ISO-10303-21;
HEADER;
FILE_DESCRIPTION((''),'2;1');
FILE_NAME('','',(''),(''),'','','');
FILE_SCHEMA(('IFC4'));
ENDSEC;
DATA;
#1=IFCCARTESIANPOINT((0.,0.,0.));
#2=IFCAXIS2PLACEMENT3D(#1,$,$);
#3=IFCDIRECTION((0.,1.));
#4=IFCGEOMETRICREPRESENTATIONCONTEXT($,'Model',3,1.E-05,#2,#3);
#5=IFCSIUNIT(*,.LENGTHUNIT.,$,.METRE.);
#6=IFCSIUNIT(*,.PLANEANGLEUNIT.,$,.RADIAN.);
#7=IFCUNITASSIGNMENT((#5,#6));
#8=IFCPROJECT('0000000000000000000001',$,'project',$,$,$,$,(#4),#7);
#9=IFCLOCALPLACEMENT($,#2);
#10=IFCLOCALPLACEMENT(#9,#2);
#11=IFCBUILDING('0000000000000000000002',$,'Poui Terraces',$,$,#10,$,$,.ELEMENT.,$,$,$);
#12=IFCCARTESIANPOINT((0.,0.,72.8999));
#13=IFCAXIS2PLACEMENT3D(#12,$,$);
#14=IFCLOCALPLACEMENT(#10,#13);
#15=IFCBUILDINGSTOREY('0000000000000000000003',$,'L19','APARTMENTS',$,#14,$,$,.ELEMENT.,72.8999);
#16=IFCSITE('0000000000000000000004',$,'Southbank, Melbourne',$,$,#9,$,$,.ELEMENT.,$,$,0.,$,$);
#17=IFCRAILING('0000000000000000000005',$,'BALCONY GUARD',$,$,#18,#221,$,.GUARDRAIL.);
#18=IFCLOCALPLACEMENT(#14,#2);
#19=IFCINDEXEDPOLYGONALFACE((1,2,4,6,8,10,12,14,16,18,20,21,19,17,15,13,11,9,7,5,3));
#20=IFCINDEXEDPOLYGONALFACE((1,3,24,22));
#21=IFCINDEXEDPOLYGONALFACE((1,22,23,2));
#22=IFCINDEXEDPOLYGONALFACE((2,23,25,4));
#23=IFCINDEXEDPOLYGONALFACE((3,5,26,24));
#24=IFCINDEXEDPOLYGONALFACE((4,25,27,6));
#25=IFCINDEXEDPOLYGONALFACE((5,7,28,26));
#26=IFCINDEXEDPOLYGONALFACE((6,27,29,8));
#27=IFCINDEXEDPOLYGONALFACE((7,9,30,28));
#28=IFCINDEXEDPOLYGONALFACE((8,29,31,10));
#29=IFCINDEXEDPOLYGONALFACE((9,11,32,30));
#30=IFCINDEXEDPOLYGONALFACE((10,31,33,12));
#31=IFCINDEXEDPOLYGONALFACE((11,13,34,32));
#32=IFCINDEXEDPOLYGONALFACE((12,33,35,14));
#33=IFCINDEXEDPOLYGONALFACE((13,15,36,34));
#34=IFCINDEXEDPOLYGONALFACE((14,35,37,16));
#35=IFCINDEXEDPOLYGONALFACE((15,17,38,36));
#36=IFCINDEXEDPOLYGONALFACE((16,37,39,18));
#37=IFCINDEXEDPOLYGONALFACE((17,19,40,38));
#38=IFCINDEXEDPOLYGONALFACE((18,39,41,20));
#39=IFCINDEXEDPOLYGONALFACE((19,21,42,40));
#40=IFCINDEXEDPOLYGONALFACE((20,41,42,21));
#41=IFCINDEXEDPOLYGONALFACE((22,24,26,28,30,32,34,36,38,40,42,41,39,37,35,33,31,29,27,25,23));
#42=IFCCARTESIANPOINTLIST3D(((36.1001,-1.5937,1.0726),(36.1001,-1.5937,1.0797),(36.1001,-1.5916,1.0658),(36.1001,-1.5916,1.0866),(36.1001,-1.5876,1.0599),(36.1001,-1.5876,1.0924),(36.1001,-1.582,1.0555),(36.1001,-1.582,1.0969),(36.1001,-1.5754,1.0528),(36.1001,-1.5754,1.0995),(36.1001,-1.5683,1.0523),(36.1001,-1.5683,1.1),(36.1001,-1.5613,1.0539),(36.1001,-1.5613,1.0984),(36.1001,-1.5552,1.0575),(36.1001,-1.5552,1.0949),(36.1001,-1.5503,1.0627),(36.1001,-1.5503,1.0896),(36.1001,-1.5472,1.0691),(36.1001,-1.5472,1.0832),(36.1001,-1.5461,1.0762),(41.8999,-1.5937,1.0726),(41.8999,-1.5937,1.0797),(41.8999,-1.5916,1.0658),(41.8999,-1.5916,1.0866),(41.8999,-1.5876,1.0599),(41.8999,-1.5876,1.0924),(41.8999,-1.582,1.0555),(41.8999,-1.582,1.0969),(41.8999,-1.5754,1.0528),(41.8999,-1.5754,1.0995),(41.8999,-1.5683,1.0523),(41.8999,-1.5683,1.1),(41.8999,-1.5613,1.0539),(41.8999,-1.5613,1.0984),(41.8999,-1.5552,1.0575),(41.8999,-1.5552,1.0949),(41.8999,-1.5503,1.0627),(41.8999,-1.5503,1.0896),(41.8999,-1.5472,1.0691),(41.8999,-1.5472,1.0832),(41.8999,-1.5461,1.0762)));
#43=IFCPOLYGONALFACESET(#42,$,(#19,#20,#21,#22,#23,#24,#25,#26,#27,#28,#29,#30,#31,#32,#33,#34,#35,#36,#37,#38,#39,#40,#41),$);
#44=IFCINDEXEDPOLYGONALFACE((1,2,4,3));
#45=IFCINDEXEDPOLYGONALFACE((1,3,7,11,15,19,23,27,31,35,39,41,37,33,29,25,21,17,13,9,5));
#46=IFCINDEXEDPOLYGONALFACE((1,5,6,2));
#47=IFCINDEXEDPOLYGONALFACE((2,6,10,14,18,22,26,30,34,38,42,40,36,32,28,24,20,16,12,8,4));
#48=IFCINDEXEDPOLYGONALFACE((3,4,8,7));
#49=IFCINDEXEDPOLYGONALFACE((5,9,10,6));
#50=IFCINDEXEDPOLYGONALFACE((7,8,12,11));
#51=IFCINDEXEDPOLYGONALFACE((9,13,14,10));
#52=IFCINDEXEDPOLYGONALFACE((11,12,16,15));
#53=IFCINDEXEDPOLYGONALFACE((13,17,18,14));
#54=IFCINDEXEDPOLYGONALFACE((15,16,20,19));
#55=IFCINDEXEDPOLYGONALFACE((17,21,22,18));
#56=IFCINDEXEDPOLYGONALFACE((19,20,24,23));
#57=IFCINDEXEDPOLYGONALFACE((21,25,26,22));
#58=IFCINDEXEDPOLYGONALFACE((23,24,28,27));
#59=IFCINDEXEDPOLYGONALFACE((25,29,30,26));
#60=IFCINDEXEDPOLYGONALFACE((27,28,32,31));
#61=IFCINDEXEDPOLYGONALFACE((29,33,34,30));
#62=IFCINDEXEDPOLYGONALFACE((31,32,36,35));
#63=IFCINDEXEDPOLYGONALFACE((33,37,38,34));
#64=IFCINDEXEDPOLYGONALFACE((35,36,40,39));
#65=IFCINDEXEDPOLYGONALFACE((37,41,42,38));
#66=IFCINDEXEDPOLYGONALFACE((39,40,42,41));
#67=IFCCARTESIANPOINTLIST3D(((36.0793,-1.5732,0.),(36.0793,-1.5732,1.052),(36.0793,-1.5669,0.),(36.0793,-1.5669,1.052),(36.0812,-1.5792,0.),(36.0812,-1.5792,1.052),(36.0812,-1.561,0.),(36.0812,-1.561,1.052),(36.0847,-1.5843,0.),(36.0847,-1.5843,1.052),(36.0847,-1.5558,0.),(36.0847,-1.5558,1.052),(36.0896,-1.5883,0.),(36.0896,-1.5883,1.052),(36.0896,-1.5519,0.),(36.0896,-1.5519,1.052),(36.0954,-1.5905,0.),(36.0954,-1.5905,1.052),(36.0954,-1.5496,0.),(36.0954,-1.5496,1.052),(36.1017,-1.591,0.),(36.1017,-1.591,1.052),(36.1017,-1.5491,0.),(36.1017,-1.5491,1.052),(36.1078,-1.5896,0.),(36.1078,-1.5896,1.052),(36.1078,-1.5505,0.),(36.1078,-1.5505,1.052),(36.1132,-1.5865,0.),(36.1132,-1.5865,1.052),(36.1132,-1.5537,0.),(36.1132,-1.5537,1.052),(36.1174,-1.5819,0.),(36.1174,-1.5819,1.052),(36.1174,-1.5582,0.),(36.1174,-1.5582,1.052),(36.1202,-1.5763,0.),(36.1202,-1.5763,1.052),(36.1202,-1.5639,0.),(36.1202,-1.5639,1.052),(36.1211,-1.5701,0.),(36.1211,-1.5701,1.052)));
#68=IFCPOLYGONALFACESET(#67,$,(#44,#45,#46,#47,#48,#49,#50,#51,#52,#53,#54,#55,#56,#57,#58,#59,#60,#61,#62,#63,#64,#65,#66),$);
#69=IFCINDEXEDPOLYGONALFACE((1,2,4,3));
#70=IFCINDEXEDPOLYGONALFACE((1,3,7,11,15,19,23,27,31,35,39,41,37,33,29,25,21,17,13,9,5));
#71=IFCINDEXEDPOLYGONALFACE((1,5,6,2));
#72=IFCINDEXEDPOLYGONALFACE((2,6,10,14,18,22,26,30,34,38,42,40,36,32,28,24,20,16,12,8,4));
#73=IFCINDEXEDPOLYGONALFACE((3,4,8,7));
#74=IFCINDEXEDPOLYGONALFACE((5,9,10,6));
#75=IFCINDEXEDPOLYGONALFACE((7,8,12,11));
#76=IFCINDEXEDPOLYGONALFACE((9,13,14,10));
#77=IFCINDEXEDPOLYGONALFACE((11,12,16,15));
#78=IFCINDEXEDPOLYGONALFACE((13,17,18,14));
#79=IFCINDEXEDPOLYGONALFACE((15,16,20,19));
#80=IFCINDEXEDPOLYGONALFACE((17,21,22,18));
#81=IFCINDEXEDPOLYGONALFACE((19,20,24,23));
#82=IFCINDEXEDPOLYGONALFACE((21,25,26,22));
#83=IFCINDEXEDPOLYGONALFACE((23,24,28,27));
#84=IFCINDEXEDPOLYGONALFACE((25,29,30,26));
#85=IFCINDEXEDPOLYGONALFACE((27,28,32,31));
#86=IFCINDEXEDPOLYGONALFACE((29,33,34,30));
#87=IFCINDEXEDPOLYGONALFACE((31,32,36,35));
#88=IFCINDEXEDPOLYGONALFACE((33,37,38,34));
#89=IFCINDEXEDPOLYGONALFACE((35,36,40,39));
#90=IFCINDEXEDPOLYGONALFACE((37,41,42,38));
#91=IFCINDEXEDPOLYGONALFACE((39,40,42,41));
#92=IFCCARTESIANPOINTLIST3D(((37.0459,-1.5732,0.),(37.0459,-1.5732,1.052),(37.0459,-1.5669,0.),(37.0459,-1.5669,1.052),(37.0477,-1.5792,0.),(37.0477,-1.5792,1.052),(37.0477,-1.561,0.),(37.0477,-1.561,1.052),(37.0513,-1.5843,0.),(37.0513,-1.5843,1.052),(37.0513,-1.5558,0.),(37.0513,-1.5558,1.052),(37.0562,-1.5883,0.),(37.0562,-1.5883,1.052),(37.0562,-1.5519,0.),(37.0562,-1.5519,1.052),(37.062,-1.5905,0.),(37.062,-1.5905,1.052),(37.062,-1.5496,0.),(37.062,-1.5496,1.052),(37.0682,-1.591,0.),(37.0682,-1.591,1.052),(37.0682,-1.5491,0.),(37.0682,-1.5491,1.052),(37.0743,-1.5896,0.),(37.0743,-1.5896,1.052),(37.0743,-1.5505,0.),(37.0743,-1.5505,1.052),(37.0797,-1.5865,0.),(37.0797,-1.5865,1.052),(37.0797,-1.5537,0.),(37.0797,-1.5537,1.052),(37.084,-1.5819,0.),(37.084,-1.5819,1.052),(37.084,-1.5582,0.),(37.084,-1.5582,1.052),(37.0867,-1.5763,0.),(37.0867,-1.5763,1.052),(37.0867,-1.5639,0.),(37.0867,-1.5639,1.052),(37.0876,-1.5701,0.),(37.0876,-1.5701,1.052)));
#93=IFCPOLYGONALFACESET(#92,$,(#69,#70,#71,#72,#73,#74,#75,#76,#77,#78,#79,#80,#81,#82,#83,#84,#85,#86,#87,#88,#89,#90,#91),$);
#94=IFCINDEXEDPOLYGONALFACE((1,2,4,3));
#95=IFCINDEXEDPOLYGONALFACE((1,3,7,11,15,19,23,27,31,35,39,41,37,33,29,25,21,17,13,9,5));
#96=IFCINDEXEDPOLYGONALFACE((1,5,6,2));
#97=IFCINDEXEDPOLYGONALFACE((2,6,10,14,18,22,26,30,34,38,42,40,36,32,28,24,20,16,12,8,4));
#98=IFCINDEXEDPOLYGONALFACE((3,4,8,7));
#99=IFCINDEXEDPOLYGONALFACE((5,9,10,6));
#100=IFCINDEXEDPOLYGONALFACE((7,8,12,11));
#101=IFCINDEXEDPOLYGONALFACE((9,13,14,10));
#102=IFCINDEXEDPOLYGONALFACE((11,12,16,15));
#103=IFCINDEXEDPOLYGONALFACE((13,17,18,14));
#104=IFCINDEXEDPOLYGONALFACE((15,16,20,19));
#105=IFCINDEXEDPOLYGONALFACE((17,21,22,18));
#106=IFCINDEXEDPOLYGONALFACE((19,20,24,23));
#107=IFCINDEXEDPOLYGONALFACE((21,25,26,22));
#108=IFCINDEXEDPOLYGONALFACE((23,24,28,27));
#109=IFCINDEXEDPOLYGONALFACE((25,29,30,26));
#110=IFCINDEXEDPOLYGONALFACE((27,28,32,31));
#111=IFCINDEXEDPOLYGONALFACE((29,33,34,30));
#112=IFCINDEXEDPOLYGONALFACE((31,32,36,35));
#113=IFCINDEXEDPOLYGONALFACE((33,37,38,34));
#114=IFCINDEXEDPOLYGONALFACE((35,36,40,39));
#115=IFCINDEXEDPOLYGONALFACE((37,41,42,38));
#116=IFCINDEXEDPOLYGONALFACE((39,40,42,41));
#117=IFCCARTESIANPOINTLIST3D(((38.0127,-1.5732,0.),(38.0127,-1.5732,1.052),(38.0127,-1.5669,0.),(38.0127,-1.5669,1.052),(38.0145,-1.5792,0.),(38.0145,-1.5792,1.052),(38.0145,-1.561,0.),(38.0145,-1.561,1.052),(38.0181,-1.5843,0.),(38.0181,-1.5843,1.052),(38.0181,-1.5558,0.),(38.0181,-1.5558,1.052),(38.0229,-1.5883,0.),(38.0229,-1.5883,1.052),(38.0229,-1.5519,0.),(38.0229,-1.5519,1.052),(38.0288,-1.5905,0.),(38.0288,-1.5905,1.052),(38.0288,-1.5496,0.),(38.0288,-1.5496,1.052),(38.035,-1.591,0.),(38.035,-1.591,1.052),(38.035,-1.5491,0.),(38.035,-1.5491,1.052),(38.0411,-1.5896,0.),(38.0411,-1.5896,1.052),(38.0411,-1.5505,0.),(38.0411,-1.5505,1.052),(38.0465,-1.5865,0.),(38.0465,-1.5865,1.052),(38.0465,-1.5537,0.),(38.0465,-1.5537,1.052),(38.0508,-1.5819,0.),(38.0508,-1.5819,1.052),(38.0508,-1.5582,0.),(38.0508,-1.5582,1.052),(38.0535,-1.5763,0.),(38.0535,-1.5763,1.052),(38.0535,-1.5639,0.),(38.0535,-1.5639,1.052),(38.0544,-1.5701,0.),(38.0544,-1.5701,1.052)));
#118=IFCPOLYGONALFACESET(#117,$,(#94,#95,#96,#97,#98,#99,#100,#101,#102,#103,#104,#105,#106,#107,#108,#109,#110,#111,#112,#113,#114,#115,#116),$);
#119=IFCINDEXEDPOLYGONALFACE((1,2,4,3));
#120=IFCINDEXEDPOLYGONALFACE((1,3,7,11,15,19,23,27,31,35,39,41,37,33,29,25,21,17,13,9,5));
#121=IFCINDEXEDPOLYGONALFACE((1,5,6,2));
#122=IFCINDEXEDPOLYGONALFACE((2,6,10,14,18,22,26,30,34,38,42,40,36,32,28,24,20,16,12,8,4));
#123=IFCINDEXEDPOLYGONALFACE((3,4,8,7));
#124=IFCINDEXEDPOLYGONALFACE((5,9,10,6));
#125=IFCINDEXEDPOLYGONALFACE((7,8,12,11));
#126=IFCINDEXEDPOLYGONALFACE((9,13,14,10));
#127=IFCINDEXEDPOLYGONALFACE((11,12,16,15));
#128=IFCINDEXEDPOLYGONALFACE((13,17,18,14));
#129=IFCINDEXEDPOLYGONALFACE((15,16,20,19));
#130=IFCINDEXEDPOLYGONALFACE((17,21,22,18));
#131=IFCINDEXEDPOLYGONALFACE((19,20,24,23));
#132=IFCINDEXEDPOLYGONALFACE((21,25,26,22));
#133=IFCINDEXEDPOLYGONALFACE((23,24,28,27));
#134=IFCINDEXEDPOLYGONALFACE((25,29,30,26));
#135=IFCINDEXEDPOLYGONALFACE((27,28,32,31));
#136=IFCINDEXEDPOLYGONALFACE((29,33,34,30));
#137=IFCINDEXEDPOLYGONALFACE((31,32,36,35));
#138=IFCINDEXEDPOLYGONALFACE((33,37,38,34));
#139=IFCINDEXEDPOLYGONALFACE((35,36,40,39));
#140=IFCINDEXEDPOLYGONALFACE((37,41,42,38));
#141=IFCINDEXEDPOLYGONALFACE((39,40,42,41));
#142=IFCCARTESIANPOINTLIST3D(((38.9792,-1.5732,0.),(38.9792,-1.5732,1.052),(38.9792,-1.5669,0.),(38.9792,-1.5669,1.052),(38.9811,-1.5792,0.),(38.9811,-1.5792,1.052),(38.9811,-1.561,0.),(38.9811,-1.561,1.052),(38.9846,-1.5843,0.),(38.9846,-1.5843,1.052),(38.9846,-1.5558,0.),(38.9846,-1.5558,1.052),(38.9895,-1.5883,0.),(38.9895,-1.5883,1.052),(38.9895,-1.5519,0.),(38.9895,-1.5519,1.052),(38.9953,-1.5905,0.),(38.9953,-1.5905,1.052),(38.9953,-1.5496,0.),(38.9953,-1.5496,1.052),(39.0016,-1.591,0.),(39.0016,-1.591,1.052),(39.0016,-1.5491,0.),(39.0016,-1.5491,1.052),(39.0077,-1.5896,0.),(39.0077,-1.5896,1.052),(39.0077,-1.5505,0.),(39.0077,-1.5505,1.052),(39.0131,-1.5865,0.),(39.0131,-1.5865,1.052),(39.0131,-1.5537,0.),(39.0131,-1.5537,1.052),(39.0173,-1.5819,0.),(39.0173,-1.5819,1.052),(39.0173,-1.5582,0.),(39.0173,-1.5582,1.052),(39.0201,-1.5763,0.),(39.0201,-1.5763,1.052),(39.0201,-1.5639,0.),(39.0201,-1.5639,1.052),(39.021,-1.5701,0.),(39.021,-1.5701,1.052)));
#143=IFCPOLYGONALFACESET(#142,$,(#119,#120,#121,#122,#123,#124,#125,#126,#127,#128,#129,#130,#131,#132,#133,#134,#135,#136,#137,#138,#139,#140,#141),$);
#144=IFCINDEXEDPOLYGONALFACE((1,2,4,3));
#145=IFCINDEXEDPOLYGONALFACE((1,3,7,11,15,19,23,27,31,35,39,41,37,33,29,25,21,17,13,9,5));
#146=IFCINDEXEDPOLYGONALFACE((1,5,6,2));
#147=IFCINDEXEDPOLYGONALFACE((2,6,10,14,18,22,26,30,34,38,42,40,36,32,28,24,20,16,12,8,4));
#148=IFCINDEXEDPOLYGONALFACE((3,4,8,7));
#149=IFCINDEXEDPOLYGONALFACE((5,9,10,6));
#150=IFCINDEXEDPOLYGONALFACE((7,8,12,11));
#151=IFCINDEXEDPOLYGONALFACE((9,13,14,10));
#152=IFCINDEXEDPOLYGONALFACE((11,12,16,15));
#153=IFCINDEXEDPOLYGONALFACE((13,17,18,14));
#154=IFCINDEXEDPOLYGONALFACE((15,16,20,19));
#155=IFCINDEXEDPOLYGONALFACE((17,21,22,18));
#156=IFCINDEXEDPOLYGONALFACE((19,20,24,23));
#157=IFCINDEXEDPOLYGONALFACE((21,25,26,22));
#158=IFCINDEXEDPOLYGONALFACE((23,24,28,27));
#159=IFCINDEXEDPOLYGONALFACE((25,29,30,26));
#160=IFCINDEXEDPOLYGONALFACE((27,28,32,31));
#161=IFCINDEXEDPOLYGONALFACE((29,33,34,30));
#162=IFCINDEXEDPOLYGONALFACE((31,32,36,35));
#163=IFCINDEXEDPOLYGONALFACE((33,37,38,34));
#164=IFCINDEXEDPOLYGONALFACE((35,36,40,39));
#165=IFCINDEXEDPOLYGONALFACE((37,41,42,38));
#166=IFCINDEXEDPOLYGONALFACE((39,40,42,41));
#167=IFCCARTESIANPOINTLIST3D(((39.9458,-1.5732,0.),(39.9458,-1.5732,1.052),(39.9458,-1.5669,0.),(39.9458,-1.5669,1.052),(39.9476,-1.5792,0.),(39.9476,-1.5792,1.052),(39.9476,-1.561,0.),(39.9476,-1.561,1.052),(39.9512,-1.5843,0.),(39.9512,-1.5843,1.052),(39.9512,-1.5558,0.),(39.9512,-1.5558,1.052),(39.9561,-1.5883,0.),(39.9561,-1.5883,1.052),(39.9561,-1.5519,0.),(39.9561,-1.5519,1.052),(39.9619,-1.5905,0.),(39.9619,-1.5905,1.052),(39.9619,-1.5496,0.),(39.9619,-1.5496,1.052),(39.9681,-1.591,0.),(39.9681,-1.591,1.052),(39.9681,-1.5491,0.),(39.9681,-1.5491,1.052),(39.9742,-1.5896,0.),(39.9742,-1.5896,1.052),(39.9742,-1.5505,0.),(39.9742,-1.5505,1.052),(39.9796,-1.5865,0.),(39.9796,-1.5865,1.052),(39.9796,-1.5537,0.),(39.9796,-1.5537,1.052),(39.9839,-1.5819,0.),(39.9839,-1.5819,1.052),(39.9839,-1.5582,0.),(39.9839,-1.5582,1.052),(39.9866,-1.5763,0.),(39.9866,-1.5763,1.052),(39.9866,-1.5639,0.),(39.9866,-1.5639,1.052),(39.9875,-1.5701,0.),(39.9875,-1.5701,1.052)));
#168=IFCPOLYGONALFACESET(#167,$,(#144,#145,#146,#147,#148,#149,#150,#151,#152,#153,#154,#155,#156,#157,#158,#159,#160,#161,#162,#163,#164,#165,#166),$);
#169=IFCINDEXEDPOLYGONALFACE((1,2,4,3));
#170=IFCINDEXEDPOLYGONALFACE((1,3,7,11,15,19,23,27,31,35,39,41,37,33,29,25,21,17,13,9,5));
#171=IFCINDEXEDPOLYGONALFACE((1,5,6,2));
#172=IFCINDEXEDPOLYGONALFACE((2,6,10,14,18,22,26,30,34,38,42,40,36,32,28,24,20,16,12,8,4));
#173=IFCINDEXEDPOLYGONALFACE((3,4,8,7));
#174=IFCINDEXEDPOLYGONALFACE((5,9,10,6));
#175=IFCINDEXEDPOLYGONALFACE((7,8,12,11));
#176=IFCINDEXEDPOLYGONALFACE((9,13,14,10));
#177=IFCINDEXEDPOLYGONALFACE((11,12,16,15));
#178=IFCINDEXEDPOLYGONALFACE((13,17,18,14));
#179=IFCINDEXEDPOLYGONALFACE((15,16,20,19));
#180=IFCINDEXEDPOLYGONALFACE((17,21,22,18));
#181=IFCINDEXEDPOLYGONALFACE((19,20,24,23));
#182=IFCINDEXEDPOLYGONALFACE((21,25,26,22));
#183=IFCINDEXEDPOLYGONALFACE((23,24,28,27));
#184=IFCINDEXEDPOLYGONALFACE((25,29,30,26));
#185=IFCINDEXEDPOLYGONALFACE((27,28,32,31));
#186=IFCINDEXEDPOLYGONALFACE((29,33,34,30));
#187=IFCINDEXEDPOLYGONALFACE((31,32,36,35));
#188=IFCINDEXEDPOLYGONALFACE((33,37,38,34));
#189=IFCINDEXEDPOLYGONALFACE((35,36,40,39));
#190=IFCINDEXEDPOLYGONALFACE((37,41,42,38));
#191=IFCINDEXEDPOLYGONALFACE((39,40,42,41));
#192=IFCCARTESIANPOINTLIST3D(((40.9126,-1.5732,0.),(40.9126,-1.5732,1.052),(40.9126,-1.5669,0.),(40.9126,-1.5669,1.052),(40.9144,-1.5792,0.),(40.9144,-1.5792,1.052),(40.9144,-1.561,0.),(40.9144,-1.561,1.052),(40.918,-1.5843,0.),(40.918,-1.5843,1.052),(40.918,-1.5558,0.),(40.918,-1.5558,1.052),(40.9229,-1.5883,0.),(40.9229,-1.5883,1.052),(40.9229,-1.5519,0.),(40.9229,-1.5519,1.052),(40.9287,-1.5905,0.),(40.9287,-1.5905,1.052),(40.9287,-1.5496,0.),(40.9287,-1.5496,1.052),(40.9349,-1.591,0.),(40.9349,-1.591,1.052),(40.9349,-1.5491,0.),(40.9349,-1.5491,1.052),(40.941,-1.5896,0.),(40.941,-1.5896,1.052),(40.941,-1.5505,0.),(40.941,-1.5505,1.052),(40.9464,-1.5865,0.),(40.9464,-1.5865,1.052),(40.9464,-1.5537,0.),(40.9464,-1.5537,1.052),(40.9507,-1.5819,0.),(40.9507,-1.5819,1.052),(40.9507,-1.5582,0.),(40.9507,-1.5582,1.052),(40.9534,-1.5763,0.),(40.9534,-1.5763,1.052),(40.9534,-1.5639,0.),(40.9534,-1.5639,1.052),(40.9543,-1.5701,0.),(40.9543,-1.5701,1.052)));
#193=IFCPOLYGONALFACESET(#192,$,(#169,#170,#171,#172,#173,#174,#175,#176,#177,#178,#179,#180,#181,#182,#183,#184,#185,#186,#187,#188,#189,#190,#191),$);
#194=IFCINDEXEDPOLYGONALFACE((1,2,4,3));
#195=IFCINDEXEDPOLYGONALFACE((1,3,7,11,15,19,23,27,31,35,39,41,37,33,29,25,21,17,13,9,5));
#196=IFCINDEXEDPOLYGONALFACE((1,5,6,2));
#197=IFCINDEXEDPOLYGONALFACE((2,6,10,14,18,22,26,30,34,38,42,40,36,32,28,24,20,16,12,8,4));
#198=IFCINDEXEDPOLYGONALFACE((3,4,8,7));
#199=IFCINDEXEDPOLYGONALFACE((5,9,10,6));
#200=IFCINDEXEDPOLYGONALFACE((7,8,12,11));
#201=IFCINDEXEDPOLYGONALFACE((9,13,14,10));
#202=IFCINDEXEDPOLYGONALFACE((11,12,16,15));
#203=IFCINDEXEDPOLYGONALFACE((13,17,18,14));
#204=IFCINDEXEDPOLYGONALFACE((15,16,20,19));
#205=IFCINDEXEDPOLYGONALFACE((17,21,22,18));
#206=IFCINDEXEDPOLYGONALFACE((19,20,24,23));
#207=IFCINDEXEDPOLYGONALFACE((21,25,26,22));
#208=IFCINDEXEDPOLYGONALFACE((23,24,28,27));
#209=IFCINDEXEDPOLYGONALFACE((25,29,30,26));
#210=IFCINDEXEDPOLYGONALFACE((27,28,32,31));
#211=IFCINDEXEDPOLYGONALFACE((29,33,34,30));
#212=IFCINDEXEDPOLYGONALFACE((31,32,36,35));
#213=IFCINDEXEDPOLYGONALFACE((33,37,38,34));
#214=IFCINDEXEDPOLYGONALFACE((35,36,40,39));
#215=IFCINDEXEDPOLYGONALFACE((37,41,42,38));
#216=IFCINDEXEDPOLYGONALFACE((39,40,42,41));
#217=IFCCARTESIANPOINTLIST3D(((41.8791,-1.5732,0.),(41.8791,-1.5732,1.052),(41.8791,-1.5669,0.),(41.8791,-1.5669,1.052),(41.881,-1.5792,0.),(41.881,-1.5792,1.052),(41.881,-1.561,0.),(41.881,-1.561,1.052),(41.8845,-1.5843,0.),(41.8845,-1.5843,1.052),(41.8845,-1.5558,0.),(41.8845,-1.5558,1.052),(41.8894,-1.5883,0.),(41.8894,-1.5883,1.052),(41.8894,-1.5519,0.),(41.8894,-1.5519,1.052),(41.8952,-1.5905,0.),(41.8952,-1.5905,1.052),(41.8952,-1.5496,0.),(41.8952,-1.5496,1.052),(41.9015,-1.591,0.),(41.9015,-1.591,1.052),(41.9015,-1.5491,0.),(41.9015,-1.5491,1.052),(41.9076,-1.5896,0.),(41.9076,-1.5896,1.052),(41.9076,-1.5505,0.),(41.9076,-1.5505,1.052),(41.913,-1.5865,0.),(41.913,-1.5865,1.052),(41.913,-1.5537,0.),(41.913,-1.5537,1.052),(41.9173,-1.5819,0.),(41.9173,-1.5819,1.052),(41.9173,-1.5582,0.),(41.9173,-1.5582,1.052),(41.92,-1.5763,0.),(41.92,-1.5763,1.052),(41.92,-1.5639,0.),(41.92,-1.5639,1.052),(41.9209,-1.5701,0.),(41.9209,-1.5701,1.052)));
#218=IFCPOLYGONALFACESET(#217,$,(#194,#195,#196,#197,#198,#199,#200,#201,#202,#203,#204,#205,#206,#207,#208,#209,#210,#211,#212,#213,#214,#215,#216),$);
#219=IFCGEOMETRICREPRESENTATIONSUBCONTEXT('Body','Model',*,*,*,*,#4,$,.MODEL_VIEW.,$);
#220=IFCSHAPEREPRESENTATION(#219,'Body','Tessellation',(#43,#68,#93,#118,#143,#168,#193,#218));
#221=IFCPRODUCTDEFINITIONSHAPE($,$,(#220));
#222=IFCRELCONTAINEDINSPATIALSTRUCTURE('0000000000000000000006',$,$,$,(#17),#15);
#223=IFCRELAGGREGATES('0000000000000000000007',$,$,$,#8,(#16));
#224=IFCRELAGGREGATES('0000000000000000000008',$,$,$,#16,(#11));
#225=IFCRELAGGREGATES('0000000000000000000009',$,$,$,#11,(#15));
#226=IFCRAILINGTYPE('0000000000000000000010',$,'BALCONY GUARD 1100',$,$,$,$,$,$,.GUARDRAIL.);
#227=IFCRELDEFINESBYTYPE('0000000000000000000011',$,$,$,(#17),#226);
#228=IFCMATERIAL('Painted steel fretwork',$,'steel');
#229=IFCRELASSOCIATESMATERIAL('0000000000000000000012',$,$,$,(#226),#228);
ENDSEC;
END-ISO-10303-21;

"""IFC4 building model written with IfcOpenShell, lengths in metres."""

from ifc_helpers import new_model, si_unit, direction, frame, origin, origin_2d, place, context, subcontext, project, spatial, circle, extrude, material, type_object, element, save


model = new_model("IFC4")

# Units and contexts
model_context = context("Model", 3, precision=1e-05, world=origin(), true_north=direction((0.0, 1.0)))
body_context = subcontext(model_context, "Body", "Model", "MODEL_VIEW")
ifc_project = project(units=[si_unit("LENGTHUNIT", "METRE"), si_unit("PLANEANGLEUNIT", "RADIAN")], contexts=[model_context])

# Site, building, storey
site_placement = place(None, origin())
site = spatial("IfcSite", under=ifc_project, at=site_placement, Name="Southbank, Melbourne", CompositionType="ELEMENT", RefElevation=0.0)
building_placement = place(site_placement, origin())
building = spatial("IfcBuilding", under=site, at=building_placement, Name="Poui Terraces", CompositionType="ELEMENT")
storey_placement = place(building_placement, frame((0.0, 0.0, 72.8999)))
storey = spatial("IfcBuildingStorey", under=building, at=storey_placement, Name="L19", Description="APARTMENTS", CompositionType="ELEMENT", Elevation=72.8999)

# Railing
ifc_material_1 = material(Name="Painted steel fretwork", Category="steel")
railing_type = type_object("IfcRailingType", Name="BALCONY GUARD 1100", PredefinedType="GUARDRAIL", material=ifc_material_1)
railing_placement = place(storey_placement, frame((36.1001, -1.5701, 0.0)))
element("IfcRailing", 1, at=railing_placement, inside=storey, type_object=railing_type, Name="BALCONY GUARD", PredefinedType="GUARDRAIL", context=body_context, shape_type="SweptSolid", body=[
    extrude(circle(Radius=0.0239, at=origin_2d()), frame((0.0, 0.0, 1.0762), z_axis=(1.0, 0.0, 0.0), x_axis=(0.0, 1.0, 0.0)), (0.0, 0.0, 1.0), 5.7998),
    extrude(circle(Radius=0.021, at=origin_2d()), origin(), (0.0, 0.0, 1.0), 1.052),
    extrude(circle(Radius=0.021, at=origin_2d()), frame((0.9666, 0.0, 0.0)), (0.0, 0.0, 1.0), 1.052),
    extrude(circle(Radius=0.021, at=origin_2d()), frame((1.9333, 0.0, 0.0)), (0.0, 0.0, 1.0), 1.052),
    extrude(circle(Radius=0.021, at=origin_2d()), frame((2.8999, 0.0, 0.0)), (0.0, 0.0, 1.0), 1.052),
    extrude(circle(Radius=0.021, at=origin_2d()), frame((3.8665, 0.0, 0.0)), (0.0, 0.0, 1.0), 1.052),
    extrude(circle(Radius=0.021, at=origin_2d()), frame((4.8333, 0.0, 0.0)), (0.0, 0.0, 1.0), 1.052),
    extrude(circle(Radius=0.021, at=origin_2d()), frame((5.7998, 0.0, 0.0)), (0.0, 0.0, 1.0), 1.052),
])

save(model, "model.ifc")
